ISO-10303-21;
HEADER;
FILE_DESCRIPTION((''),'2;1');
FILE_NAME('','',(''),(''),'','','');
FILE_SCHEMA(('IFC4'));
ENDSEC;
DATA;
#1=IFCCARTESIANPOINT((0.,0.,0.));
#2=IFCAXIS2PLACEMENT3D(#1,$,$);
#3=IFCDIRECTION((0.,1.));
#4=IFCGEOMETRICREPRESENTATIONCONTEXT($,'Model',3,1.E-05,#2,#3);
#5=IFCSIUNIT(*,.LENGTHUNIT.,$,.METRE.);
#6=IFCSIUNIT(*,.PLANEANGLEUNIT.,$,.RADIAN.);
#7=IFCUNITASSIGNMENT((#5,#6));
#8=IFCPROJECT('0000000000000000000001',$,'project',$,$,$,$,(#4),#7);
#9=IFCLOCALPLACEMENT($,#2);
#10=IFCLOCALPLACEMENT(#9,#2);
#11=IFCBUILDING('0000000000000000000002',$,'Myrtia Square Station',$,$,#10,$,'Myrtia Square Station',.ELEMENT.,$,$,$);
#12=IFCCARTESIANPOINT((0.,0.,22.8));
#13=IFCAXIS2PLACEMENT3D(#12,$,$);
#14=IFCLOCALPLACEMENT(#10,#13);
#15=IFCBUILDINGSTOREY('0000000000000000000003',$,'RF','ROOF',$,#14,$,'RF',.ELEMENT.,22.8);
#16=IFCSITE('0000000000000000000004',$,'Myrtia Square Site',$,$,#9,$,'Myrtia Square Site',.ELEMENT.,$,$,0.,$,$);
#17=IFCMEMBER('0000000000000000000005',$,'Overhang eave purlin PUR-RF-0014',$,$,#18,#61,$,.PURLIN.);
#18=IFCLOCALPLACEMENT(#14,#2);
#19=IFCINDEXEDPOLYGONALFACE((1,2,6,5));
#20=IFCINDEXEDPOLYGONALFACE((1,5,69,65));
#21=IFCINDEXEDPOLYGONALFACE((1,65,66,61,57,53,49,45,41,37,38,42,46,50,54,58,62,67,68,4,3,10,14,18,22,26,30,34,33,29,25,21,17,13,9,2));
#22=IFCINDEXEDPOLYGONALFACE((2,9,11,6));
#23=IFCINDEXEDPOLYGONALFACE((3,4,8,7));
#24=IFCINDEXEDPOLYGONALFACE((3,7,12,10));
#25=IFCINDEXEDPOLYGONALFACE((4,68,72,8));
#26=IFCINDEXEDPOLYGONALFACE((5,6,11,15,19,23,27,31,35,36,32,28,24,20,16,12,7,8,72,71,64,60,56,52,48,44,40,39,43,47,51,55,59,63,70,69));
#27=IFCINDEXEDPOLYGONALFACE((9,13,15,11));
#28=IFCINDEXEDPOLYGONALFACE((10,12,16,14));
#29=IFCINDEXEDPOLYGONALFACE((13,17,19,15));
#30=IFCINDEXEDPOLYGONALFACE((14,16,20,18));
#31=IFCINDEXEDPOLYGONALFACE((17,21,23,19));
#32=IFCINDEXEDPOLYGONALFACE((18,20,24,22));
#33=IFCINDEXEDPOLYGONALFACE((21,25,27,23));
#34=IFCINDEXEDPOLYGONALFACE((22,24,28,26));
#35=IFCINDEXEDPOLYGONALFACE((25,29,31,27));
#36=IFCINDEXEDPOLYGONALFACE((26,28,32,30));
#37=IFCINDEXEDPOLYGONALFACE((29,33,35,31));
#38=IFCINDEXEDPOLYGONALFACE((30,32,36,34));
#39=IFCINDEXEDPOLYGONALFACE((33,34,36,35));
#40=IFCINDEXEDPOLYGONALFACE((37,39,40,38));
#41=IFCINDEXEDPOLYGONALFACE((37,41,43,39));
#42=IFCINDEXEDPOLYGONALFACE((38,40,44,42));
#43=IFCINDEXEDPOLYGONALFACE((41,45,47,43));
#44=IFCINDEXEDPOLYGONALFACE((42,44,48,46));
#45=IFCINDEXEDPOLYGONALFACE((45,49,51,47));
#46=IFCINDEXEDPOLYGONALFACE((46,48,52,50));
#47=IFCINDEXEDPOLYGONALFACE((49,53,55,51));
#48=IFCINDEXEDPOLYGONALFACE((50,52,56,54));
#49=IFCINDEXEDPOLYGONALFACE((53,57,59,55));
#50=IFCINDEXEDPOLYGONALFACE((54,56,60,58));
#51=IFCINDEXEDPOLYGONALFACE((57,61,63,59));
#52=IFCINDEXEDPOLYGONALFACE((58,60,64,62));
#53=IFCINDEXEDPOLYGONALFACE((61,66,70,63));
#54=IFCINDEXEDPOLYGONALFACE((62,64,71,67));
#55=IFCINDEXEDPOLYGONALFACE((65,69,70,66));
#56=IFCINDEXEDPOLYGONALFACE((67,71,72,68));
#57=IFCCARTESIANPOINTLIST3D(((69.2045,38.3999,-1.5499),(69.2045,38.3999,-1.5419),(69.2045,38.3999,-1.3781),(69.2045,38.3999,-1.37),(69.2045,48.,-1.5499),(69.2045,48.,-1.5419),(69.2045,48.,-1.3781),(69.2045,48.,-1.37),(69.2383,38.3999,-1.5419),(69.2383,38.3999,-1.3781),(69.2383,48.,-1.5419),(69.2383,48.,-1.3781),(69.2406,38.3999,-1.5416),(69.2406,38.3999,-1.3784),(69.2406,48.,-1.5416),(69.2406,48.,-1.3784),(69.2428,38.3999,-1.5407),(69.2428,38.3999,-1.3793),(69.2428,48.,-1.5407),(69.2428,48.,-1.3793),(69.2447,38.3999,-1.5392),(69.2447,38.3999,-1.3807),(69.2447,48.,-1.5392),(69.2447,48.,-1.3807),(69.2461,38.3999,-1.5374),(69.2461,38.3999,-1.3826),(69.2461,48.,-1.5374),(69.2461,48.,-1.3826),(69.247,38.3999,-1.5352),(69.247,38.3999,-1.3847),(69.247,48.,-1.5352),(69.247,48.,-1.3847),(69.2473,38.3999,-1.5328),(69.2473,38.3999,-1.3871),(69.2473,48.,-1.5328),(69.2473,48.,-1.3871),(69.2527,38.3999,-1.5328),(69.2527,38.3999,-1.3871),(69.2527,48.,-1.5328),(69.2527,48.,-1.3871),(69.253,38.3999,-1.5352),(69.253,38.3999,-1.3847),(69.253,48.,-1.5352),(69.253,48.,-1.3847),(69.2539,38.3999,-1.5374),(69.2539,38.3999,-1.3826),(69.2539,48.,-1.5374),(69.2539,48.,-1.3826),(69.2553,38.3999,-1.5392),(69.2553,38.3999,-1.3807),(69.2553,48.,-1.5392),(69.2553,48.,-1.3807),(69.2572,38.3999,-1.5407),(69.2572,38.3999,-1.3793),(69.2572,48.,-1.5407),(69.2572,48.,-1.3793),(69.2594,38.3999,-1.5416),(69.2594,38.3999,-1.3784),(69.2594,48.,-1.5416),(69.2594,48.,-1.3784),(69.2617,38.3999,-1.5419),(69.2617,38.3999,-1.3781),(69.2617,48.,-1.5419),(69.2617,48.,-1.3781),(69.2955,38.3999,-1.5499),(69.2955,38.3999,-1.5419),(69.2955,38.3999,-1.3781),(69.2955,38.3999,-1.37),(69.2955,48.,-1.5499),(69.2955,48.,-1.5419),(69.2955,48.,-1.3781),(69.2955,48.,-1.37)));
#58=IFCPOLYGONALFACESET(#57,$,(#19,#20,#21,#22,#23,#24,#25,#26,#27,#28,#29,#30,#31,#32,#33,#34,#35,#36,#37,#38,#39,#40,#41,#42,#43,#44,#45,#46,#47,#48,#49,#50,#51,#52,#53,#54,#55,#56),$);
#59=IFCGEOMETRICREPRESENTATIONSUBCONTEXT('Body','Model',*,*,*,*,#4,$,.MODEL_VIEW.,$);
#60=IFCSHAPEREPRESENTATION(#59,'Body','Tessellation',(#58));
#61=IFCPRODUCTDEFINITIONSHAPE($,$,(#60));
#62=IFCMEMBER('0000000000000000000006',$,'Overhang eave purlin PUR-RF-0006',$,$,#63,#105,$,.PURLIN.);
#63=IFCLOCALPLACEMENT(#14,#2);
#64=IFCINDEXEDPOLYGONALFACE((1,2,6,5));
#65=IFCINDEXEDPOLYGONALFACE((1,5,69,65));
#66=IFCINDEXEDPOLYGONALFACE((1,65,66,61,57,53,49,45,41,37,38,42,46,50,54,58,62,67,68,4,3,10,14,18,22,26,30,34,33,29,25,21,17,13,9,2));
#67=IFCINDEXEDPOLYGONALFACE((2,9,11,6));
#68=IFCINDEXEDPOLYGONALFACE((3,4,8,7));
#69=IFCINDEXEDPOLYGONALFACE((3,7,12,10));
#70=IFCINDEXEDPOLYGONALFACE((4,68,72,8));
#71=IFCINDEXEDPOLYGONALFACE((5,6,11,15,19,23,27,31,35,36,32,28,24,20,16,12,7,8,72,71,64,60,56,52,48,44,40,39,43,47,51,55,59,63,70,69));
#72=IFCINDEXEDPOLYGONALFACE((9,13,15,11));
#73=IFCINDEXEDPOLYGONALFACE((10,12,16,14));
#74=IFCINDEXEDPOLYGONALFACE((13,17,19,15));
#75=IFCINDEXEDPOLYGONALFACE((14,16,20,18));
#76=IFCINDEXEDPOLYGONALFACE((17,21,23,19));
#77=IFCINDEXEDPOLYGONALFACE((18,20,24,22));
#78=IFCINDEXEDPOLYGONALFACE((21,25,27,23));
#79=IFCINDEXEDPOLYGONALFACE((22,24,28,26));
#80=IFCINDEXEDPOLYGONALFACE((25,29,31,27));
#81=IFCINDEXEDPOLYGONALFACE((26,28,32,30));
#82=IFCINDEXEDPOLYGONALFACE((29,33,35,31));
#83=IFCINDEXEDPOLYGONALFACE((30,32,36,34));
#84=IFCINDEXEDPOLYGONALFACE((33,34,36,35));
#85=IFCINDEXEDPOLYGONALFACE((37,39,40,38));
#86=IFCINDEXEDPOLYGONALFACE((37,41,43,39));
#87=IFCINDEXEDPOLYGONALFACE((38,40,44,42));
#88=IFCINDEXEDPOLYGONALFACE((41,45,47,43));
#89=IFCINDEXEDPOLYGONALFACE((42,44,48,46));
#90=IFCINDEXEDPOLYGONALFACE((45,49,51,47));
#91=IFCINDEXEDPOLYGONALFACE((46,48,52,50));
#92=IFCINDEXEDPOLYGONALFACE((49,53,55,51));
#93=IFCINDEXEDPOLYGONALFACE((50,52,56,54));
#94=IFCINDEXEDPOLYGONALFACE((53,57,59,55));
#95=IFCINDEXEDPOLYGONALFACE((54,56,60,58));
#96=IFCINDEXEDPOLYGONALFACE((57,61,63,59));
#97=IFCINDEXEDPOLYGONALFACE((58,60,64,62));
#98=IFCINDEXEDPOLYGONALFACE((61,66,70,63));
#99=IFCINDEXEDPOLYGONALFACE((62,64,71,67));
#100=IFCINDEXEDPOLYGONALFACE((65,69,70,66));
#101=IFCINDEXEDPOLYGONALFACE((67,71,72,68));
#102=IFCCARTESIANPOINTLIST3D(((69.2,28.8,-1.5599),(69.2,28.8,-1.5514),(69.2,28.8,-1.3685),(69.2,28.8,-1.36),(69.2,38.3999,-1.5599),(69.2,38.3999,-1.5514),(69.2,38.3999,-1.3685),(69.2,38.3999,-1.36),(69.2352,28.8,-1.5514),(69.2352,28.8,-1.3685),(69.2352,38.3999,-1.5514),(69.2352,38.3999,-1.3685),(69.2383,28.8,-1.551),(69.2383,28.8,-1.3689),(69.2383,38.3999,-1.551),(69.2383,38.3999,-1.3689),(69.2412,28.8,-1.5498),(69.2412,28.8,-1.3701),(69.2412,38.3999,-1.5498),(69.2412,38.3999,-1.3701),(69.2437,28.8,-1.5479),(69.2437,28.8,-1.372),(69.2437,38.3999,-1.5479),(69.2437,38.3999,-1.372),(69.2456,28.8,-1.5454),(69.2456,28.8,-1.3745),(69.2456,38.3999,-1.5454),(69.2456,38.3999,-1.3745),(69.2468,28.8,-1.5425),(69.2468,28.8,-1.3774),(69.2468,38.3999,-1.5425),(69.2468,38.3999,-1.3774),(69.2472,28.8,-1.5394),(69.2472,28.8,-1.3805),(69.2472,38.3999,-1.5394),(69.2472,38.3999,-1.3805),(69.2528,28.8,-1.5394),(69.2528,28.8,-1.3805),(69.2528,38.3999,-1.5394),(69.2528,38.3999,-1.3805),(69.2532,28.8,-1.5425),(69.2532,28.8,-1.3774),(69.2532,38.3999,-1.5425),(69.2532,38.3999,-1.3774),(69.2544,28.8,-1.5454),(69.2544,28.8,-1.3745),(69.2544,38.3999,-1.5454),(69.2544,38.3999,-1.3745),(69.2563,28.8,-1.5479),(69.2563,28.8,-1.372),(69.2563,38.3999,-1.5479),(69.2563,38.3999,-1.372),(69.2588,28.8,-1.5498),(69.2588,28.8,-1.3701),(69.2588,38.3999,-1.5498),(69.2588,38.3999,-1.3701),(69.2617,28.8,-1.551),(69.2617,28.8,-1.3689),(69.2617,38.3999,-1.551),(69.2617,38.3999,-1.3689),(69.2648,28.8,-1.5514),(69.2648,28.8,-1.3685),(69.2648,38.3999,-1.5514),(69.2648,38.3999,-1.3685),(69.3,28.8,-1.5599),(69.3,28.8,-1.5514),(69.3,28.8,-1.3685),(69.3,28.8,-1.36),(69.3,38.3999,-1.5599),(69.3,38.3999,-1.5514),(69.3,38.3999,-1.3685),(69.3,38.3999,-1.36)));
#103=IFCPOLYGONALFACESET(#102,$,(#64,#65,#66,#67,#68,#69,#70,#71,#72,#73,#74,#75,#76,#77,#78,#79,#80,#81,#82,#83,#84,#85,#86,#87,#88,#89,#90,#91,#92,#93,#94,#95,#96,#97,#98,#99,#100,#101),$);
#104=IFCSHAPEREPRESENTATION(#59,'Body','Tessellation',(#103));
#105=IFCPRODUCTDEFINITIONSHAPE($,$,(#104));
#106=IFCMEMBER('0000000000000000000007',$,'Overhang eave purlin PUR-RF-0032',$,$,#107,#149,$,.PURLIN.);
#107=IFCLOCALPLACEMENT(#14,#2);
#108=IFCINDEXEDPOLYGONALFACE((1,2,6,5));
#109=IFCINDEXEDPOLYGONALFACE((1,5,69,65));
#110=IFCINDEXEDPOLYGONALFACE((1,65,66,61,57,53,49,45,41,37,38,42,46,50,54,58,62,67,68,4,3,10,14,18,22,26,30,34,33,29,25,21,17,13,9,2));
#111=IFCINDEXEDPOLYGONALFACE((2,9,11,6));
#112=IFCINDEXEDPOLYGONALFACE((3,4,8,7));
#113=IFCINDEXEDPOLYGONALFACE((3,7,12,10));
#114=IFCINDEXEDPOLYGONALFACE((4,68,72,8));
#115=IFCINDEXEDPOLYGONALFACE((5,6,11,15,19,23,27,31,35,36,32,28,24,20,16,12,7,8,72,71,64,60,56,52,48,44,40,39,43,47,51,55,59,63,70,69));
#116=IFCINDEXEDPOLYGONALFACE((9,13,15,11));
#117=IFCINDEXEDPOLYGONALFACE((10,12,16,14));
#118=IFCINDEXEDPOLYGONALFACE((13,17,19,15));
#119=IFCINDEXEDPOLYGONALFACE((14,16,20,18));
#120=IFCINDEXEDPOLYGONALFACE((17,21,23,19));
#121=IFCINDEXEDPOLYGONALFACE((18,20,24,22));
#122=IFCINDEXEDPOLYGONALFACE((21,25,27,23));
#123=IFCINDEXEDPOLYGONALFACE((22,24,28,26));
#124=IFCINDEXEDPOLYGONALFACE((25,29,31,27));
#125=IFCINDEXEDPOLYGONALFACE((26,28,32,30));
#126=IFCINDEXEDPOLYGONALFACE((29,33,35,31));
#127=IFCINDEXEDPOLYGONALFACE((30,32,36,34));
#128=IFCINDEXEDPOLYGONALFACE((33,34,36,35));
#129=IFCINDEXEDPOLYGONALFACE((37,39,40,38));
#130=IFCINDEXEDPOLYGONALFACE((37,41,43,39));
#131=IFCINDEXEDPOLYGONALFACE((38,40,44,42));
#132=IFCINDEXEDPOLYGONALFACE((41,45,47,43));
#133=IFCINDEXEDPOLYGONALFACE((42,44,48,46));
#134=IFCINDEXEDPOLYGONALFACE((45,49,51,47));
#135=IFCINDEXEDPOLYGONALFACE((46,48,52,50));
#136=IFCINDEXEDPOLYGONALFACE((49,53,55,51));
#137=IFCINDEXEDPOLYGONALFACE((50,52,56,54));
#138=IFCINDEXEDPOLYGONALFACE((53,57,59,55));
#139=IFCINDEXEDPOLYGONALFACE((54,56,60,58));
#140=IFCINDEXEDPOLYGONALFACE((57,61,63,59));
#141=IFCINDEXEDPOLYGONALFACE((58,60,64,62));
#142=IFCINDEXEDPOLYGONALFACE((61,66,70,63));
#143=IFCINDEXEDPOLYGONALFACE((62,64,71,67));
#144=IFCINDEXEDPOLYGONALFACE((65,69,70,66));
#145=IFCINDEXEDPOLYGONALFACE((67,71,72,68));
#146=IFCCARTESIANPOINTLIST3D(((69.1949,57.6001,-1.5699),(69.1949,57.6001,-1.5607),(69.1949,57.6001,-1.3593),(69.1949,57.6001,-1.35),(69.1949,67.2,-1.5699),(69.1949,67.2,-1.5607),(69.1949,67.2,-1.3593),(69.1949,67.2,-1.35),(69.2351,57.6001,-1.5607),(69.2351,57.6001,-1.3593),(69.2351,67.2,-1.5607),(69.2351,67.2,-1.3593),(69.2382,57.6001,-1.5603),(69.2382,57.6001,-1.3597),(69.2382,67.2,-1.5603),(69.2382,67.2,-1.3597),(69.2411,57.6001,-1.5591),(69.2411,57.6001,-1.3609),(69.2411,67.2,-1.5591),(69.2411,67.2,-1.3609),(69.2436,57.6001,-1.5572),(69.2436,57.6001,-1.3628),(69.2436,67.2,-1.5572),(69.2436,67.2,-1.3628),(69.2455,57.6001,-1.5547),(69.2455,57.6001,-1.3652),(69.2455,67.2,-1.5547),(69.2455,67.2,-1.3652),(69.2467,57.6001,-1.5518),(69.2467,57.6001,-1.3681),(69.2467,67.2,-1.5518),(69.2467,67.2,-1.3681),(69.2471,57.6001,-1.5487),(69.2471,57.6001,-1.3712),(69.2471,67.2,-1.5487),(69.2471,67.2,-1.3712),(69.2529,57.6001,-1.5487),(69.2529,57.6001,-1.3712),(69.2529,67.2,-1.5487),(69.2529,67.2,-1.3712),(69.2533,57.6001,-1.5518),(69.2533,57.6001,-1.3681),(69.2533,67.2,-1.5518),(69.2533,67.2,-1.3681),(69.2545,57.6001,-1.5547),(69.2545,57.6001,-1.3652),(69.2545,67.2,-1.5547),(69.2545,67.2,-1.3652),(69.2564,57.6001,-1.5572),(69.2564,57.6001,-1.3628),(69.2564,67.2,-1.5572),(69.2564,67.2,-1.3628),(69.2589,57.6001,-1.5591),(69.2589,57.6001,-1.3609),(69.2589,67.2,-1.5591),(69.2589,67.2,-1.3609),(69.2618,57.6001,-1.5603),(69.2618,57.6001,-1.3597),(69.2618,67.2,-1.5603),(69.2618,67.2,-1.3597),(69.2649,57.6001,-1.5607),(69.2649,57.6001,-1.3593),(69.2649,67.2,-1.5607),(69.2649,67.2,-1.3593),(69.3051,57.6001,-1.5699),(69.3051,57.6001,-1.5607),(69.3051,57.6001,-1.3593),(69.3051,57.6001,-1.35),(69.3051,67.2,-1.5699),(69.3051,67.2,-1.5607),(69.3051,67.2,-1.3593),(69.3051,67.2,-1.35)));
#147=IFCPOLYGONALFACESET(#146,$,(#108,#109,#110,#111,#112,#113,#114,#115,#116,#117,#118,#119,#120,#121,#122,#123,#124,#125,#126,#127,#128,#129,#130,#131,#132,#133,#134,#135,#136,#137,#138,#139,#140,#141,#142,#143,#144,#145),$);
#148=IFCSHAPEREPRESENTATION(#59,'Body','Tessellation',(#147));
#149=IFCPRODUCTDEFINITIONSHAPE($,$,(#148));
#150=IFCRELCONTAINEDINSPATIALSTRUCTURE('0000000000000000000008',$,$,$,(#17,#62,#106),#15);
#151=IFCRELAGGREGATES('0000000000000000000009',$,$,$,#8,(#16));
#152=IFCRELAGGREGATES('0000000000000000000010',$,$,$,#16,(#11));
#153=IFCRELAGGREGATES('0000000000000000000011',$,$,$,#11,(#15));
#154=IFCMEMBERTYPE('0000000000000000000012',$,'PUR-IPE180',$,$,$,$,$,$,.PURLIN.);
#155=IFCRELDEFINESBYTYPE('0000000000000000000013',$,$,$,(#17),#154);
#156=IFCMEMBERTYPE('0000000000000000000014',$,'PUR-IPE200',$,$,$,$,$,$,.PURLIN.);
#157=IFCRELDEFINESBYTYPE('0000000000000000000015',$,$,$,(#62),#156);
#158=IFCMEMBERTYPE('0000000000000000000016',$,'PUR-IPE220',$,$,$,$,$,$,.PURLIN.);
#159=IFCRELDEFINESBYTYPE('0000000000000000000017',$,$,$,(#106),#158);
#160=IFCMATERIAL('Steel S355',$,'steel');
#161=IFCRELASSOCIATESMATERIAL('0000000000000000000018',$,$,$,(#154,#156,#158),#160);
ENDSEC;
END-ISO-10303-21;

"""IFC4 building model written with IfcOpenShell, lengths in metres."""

from ifc_helpers import new_model, si_unit, direction, frame, origin, origin_2d, place, context, subcontext, project, spatial, i_section, extrude, material, material_profile, profile_set, type_object, element, save


model = new_model("IFC4")

# Units and contexts
model_context = context("Model", 3, precision=1e-05, world=origin(), true_north=direction((0.0, 1.0)))
body_context = subcontext(model_context, "Body", "Model", "MODEL_VIEW")
ifc_project = project(units=[si_unit("LENGTHUNIT", "METRE"), si_unit("PLANEANGLEUNIT", "RADIAN")], contexts=[model_context])

# Site, building, storey
site_placement = place(None, origin())
site = spatial("IfcSite", under=ifc_project, at=site_placement, Name="Myrtia Square Site", LongName="Myrtia Square Site", CompositionType="ELEMENT", RefElevation=0.0)
building_placement = place(site_placement, origin())
building = spatial("IfcBuilding", under=site, at=building_placement, Name="Myrtia Square Station", LongName="Myrtia Square Station", CompositionType="ELEMENT")
storey_placement = place(building_placement, frame((0.0, 0.0, 22.8)))
storey = spatial("IfcBuildingStorey", under=building, at=storey_placement, Name="RF", Description="ROOF", LongName="RF", CompositionType="ELEMENT", Elevation=22.8)

# Members
ifc_material_1 = material(Name="Steel S355", Category="steel")
ifc_material_profile_1 = material_profile(ifc_material_1, i_section(OverallWidth=0.0911, OverallDepth=0.1799, WebThickness=0.0054, FlangeThickness=0.0081, FilletRadius=0.009, at=origin_2d()), Name="IPE 180")
ifc_profile_set_1 = profile_set([ifc_material_profile_1], Name="Steel S355")
member_type_1 = type_object("IfcMemberType", Name="PUR-IPE180", PredefinedType="PURLIN", material=ifc_profile_set_1)
member_1_placement = place(storey_placement, frame((69.25, 38.3999, -1.46), z_axis=(0.0, 1.0, 0.0), x_axis=(-1.0, 0.0, 0.0)))
element("IfcMember", 1, at=member_1_placement, inside=storey, type_object=member_type_1, Name="Overhang eave purlin PUR-RF-0014", PredefinedType="PURLIN", context=body_context, shape_type="SweptSolid", body=[
    extrude(i_section(OverallWidth=0.0911, OverallDepth=0.1799, WebThickness=0.0054, FlangeThickness=0.0081, FilletRadius=0.009, at=origin_2d()), origin(), (0.0, 0.0, 1.0), 9.6001),
])
ifc_material_profile_2 = material_profile(ifc_material_1, i_section(OverallWidth=0.1001, OverallDepth=0.2, WebThickness=0.0056, FlangeThickness=0.0085, FilletRadius=0.012, at=origin_2d()), Name="IPE 200")
ifc_profile_set_2 = profile_set([ifc_material_profile_2], Name="Steel S355")
member_type_2 = type_object("IfcMemberType", Name="PUR-IPE200", PredefinedType="PURLIN", material=ifc_profile_set_2)
member_2_placement = place(storey_placement, frame((69.25, 28.8, -1.46), z_axis=(0.0, 1.0, 0.0), x_axis=(-1.0, 0.0, 0.0)))
element("IfcMember", 2, at=member_2_placement, inside=storey, type_object=member_type_2, Name="Overhang eave purlin PUR-RF-0006", PredefinedType="PURLIN", context=body_context, shape_type="SweptSolid", body=[
    extrude(i_section(OverallWidth=0.1001, OverallDepth=0.2, WebThickness=0.0056, FlangeThickness=0.0085, FilletRadius=0.012, at=origin_2d()), origin(), (0.0, 0.0, 1.0), 9.5999),
])
ifc_material_profile_3 = material_profile(ifc_material_1, i_section(OverallWidth=0.1101, OverallDepth=0.22, WebThickness=0.0059, FlangeThickness=0.0093, FilletRadius=0.012, at=origin_2d()), Name="IPE 220")
ifc_profile_set_3 = profile_set([ifc_material_profile_3], Name="Steel S355")
member_type_3 = type_object("IfcMemberType", Name="PUR-IPE220", PredefinedType="PURLIN", material=ifc_profile_set_3)
member_3_placement = place(storey_placement, frame((69.25, 57.6001, -1.46), z_axis=(0.0, 1.0, 0.0), x_axis=(-1.0, 0.0, 0.0)))
element("IfcMember", 3, at=member_3_placement, inside=storey, type_object=member_type_3, Name="Overhang eave purlin PUR-RF-0032", PredefinedType="PURLIN", context=body_context, shape_type="SweptSolid", body=[
    extrude(i_section(OverallWidth=0.1101, OverallDepth=0.22, WebThickness=0.0059, FlangeThickness=0.0093, FilletRadius=0.012, at=origin_2d()), origin(), (0.0, 0.0, 1.0), 9.5999),
])

save(model, "model.ifc")
